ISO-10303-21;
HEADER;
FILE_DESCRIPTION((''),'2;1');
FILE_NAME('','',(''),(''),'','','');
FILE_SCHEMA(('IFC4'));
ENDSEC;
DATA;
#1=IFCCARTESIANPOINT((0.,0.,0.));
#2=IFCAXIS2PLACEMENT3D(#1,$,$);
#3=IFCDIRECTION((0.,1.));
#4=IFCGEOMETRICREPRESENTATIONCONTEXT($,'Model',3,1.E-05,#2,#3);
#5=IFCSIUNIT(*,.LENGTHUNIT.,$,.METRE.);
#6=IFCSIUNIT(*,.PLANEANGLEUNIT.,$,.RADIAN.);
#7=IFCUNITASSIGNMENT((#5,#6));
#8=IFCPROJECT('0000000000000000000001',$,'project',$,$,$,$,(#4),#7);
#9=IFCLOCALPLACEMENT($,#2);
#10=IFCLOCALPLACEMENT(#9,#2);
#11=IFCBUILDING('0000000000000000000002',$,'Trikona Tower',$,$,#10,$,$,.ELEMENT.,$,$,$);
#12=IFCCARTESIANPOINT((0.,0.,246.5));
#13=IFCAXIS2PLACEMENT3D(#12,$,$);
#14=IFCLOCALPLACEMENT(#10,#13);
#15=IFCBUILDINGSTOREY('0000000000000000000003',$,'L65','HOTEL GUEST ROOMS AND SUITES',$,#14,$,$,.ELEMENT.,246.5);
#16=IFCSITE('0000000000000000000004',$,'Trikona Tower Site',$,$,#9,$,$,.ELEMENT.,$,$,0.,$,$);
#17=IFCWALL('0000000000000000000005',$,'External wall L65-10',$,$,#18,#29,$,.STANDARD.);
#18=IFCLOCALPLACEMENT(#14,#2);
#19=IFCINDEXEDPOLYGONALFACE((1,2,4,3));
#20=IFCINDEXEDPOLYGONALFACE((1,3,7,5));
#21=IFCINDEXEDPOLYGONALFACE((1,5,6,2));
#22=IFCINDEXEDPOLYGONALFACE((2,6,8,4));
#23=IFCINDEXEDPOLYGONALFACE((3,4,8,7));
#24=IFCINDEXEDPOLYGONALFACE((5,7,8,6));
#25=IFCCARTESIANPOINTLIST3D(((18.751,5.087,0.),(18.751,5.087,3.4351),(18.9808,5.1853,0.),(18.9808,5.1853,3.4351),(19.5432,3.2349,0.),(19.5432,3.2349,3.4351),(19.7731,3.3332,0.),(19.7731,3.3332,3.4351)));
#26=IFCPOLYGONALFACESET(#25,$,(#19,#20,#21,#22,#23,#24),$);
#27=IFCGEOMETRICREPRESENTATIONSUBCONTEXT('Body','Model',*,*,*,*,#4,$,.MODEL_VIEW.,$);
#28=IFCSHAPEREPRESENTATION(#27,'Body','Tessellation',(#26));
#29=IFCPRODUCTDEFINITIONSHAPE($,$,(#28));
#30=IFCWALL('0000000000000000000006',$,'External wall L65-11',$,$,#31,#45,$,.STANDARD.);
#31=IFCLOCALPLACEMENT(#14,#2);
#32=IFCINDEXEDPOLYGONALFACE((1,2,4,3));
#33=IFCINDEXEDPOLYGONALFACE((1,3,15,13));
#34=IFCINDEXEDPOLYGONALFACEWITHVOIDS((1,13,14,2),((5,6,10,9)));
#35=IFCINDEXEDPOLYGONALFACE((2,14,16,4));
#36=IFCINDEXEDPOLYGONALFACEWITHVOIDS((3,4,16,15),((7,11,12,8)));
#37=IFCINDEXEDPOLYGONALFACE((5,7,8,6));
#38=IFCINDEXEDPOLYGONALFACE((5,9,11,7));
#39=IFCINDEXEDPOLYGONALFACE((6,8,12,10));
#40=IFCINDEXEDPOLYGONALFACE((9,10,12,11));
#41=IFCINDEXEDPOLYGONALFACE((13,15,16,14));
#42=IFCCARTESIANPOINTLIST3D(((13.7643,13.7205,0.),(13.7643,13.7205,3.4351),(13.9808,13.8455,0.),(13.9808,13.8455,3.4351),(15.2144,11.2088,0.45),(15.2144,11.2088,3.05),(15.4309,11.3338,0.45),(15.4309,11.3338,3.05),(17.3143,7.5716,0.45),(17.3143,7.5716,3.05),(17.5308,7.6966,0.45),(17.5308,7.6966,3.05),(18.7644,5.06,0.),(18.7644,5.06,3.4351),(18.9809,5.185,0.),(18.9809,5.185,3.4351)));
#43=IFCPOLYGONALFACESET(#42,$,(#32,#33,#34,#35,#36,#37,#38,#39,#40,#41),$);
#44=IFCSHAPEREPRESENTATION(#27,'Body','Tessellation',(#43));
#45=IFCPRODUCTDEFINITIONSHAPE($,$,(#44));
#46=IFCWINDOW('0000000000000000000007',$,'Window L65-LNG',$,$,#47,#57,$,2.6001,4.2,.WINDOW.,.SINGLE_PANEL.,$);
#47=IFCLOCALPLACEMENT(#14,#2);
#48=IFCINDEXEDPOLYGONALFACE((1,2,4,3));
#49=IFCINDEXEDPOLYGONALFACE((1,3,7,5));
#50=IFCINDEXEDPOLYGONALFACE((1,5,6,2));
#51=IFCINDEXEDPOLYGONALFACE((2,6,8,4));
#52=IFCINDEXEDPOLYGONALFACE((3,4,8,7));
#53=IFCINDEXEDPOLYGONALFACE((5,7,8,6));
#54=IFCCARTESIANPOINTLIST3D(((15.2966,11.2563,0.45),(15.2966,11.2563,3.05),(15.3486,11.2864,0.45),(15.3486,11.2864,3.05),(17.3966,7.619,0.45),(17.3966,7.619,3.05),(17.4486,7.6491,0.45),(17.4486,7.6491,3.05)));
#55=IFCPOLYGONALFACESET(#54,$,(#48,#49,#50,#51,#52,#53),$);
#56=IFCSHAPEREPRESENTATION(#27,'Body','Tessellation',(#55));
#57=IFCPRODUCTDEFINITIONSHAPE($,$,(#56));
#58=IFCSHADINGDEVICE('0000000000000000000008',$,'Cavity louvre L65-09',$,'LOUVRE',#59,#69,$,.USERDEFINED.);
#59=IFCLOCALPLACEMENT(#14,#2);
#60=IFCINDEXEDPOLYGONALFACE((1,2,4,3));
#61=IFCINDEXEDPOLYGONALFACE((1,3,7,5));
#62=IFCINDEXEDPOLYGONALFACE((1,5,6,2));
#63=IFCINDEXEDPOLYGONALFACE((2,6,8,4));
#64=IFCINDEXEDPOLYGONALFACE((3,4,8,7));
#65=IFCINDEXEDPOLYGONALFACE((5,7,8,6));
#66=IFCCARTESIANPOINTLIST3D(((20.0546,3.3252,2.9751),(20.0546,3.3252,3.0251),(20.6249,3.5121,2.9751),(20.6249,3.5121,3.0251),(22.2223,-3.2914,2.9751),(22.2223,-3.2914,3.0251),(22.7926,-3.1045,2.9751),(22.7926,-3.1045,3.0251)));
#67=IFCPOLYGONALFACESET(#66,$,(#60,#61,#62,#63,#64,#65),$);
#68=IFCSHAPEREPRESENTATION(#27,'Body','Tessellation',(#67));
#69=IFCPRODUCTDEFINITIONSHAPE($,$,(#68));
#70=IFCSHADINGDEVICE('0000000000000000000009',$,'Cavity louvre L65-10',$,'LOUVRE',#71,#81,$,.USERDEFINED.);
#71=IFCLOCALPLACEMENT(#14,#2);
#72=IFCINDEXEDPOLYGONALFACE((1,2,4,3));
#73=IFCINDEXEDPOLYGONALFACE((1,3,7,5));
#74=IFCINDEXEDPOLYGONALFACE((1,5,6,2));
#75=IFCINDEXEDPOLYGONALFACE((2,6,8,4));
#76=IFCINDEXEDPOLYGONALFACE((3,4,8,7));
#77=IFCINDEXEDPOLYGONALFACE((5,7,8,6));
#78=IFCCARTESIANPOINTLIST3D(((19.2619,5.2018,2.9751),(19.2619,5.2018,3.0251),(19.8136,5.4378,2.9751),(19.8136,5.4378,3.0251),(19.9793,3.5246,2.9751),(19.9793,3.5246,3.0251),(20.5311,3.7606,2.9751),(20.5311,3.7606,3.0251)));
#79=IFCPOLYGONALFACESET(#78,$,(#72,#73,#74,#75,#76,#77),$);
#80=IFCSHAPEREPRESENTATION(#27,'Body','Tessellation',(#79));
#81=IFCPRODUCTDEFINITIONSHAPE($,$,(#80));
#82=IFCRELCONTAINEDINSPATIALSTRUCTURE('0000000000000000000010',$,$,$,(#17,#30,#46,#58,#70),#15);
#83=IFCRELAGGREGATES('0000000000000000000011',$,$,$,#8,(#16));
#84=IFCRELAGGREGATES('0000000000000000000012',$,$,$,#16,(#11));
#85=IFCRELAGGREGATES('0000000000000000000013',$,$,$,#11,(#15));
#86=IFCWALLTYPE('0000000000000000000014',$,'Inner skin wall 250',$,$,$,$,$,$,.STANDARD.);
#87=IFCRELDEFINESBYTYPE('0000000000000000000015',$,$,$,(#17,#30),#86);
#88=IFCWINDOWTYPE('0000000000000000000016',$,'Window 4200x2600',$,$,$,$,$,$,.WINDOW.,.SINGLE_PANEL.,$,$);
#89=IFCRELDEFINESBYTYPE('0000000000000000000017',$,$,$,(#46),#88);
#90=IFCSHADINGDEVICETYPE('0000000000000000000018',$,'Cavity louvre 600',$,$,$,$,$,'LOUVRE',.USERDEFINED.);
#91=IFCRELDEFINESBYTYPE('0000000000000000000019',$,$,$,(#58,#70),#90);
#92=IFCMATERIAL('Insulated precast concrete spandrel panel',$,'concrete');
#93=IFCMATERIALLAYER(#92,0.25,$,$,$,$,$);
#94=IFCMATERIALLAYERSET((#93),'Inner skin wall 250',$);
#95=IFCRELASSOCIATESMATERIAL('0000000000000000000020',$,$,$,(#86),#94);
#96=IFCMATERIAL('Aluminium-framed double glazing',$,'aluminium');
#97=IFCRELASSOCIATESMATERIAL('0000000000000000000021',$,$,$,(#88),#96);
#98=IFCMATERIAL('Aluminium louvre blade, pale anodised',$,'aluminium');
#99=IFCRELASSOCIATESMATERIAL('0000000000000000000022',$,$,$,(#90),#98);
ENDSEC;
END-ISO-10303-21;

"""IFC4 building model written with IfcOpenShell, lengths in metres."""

from ifc_helpers import new_model, si_unit, direction, frame, frame_2d, origin, origin_2d, place, context, subcontext, project, spatial, rectangle, extrude, material, layer, layer_set, type_object, element, fill, save


model = new_model("IFC4")

# Units and contexts
model_context = context("Model", 3, precision=1e-05, world=origin(), true_north=direction((0.0, 1.0)))
body_context = subcontext(model_context, "Body", "Model", "MODEL_VIEW")
ifc_project = project(units=[si_unit("LENGTHUNIT", "METRE"), si_unit("PLANEANGLEUNIT", "RADIAN")], contexts=[model_context])

# Site, building, storey
site_placement = place(None, origin())
site = spatial("IfcSite", under=ifc_project, at=site_placement, Name="Trikona Tower Site", CompositionType="ELEMENT", RefElevation=0.0)
building_placement = place(site_placement, origin())
building = spatial("IfcBuilding", under=site, at=building_placement, Name="Trikona Tower", CompositionType="ELEMENT")
storey_placement = place(building_placement, frame((0.0, 0.0, 246.5)))
storey = spatial("IfcBuildingStorey", under=building, at=storey_placement, Name="L65", Description="HOTEL GUEST ROOMS AND SUITES", CompositionType="ELEMENT", Elevation=246.5)

# Wall
ifc_material_1 = material(Name="Insulated precast concrete spandrel panel", Category="concrete")
ifc_layer_1 = layer(ifc_material_1, 0.25)
ifc_layer_set_1 = layer_set([ifc_layer_1], Name="Inner skin wall 250")
wall_type = type_object("IfcWallType", Name="Inner skin wall 250", PredefinedType="STANDARD", material=ifc_layer_set_1)
wall_1_placement = place(storey_placement, frame((19.6582, 3.2839, 0.0), z_axis=(0.0, 0.0, 1.0), x_axis=(-0.39329, 0.919414, 0.0)))
element("IfcWall", 1, at=wall_1_placement, inside=storey, type_object=wall_type, Name="External wall L65-10", PredefinedType="STANDARD", context=body_context, shape_type="SweptSolid", body=[
    extrude(rectangle(XDim=2.0144, YDim=0.25, at=frame_2d((1.0073, 0.0))), origin(), (0.0, 0.0, 1.0), 3.4351),
])

# Wall, opening, window
wall_2_placement = place(storey_placement, frame((18.8726, 5.1226, 0.0), z_axis=(0.0, 0.0, 1.0), x_axis=(-0.499994, 0.866029, 0.0)))
wall_2 = element("IfcWall", 2, at=wall_2_placement, inside=storey, type_object=wall_type, Name="External wall L65-11", PredefinedType="STANDARD", context=body_context, shape_type="SweptSolid", body=[
    extrude(rectangle(XDim=10.0002, YDim=0.25, at=frame_2d((5.0, 0.0))), origin(), (0.0, 0.0, 1.0), 3.4351),
])
opening_placement = place(wall_2_placement, frame((2.8999, 0.0, 0.45)))
opening = element("IfcOpeningElement", 3, at=opening_placement, cuts=wall_2, PredefinedType="OPENING", context=body_context, shape_type="SweptSolid", body=[
    extrude(rectangle(XDim=4.2, YDim=2.6001, at=frame_2d((2.1001, 1.3))), frame((0.0, 0.135, 0.0), z_axis=(0.0, -1.0, 0.0), x_axis=(1.0, 0.0, 0.0)), (0.0, 0.0, 1.0), 0.27),
])
ifc_material_2 = material(Name="Aluminium-framed double glazing", Category="aluminium")
window_type = type_object("IfcWindowType", Name="Window 4200x2600", PartitioningType="SINGLE_PANEL", PredefinedType="WINDOW", material=ifc_material_2)
window_placement = place(opening_placement, origin())
window = element("IfcWindow", 4, at=window_placement, inside=storey, type_object=window_type, Name="Window L65-LNG", OverallHeight=2.6001, OverallWidth=4.2, PartitioningType="SINGLE_PANEL", PredefinedType="WINDOW", context=body_context, shape_type="SweptSolid", body=[
    extrude(rectangle(XDim=4.2, YDim=2.6001, at=frame_2d((2.1001, 1.3))), frame((0.0, 0.03, 0.0), z_axis=(0.0, -1.0, 0.0), x_axis=(1.0, 0.0, 0.0)), (0.0, 0.0, 1.0), 0.0601),
])
fill(opening, window)

# Shading devices
ifc_material_3 = material(Name="Aluminium louvre blade, pale anodised", Category="aluminium")
shading_device_type = type_object("IfcShadingDeviceType", Name="Cavity louvre 600", ElementType="LOUVRE", PredefinedType="USERDEFINED", material=ifc_material_3)
shading_device_1_placement = place(storey_placement, frame((21.4236, 0.1104, 2.9751), z_axis=(0.0, 0.0, 1.0), x_axis=(-0.311337, 0.9503, 0.0)))
element("IfcShadingDevice", 5, at=shading_device_1_placement, inside=storey, type_object=shading_device_type, Name="Cavity louvre L65-09", ObjectType="LOUVRE", PredefinedType="USERDEFINED", context=body_context, shape_type="SweptSolid", body=[
    extrude(rectangle(XDim=6.9626, YDim=0.6001, at=origin_2d()), origin(), (0.0, 0.0, 1.0), 0.05),
])
shading_device_2_placement = place(storey_placement, frame((19.8965, 4.4812, 2.9751), z_axis=(0.0, 0.0, 1.0), x_axis=(-0.393284, 0.919417, 0.0)))
element("IfcShadingDevice", 6, at=shading_device_2_placement, inside=storey, type_object=shading_device_type, Name="Cavity louvre L65-10", ObjectType="LOUVRE", PredefinedType="USERDEFINED", context=body_context, shape_type="SweptSolid", body=[
    extrude(rectangle(XDim=1.8242, YDim=0.6001, at=origin_2d()), origin(), (0.0, 0.0, 1.0), 0.05),
])

save(model, "model.ifc")
